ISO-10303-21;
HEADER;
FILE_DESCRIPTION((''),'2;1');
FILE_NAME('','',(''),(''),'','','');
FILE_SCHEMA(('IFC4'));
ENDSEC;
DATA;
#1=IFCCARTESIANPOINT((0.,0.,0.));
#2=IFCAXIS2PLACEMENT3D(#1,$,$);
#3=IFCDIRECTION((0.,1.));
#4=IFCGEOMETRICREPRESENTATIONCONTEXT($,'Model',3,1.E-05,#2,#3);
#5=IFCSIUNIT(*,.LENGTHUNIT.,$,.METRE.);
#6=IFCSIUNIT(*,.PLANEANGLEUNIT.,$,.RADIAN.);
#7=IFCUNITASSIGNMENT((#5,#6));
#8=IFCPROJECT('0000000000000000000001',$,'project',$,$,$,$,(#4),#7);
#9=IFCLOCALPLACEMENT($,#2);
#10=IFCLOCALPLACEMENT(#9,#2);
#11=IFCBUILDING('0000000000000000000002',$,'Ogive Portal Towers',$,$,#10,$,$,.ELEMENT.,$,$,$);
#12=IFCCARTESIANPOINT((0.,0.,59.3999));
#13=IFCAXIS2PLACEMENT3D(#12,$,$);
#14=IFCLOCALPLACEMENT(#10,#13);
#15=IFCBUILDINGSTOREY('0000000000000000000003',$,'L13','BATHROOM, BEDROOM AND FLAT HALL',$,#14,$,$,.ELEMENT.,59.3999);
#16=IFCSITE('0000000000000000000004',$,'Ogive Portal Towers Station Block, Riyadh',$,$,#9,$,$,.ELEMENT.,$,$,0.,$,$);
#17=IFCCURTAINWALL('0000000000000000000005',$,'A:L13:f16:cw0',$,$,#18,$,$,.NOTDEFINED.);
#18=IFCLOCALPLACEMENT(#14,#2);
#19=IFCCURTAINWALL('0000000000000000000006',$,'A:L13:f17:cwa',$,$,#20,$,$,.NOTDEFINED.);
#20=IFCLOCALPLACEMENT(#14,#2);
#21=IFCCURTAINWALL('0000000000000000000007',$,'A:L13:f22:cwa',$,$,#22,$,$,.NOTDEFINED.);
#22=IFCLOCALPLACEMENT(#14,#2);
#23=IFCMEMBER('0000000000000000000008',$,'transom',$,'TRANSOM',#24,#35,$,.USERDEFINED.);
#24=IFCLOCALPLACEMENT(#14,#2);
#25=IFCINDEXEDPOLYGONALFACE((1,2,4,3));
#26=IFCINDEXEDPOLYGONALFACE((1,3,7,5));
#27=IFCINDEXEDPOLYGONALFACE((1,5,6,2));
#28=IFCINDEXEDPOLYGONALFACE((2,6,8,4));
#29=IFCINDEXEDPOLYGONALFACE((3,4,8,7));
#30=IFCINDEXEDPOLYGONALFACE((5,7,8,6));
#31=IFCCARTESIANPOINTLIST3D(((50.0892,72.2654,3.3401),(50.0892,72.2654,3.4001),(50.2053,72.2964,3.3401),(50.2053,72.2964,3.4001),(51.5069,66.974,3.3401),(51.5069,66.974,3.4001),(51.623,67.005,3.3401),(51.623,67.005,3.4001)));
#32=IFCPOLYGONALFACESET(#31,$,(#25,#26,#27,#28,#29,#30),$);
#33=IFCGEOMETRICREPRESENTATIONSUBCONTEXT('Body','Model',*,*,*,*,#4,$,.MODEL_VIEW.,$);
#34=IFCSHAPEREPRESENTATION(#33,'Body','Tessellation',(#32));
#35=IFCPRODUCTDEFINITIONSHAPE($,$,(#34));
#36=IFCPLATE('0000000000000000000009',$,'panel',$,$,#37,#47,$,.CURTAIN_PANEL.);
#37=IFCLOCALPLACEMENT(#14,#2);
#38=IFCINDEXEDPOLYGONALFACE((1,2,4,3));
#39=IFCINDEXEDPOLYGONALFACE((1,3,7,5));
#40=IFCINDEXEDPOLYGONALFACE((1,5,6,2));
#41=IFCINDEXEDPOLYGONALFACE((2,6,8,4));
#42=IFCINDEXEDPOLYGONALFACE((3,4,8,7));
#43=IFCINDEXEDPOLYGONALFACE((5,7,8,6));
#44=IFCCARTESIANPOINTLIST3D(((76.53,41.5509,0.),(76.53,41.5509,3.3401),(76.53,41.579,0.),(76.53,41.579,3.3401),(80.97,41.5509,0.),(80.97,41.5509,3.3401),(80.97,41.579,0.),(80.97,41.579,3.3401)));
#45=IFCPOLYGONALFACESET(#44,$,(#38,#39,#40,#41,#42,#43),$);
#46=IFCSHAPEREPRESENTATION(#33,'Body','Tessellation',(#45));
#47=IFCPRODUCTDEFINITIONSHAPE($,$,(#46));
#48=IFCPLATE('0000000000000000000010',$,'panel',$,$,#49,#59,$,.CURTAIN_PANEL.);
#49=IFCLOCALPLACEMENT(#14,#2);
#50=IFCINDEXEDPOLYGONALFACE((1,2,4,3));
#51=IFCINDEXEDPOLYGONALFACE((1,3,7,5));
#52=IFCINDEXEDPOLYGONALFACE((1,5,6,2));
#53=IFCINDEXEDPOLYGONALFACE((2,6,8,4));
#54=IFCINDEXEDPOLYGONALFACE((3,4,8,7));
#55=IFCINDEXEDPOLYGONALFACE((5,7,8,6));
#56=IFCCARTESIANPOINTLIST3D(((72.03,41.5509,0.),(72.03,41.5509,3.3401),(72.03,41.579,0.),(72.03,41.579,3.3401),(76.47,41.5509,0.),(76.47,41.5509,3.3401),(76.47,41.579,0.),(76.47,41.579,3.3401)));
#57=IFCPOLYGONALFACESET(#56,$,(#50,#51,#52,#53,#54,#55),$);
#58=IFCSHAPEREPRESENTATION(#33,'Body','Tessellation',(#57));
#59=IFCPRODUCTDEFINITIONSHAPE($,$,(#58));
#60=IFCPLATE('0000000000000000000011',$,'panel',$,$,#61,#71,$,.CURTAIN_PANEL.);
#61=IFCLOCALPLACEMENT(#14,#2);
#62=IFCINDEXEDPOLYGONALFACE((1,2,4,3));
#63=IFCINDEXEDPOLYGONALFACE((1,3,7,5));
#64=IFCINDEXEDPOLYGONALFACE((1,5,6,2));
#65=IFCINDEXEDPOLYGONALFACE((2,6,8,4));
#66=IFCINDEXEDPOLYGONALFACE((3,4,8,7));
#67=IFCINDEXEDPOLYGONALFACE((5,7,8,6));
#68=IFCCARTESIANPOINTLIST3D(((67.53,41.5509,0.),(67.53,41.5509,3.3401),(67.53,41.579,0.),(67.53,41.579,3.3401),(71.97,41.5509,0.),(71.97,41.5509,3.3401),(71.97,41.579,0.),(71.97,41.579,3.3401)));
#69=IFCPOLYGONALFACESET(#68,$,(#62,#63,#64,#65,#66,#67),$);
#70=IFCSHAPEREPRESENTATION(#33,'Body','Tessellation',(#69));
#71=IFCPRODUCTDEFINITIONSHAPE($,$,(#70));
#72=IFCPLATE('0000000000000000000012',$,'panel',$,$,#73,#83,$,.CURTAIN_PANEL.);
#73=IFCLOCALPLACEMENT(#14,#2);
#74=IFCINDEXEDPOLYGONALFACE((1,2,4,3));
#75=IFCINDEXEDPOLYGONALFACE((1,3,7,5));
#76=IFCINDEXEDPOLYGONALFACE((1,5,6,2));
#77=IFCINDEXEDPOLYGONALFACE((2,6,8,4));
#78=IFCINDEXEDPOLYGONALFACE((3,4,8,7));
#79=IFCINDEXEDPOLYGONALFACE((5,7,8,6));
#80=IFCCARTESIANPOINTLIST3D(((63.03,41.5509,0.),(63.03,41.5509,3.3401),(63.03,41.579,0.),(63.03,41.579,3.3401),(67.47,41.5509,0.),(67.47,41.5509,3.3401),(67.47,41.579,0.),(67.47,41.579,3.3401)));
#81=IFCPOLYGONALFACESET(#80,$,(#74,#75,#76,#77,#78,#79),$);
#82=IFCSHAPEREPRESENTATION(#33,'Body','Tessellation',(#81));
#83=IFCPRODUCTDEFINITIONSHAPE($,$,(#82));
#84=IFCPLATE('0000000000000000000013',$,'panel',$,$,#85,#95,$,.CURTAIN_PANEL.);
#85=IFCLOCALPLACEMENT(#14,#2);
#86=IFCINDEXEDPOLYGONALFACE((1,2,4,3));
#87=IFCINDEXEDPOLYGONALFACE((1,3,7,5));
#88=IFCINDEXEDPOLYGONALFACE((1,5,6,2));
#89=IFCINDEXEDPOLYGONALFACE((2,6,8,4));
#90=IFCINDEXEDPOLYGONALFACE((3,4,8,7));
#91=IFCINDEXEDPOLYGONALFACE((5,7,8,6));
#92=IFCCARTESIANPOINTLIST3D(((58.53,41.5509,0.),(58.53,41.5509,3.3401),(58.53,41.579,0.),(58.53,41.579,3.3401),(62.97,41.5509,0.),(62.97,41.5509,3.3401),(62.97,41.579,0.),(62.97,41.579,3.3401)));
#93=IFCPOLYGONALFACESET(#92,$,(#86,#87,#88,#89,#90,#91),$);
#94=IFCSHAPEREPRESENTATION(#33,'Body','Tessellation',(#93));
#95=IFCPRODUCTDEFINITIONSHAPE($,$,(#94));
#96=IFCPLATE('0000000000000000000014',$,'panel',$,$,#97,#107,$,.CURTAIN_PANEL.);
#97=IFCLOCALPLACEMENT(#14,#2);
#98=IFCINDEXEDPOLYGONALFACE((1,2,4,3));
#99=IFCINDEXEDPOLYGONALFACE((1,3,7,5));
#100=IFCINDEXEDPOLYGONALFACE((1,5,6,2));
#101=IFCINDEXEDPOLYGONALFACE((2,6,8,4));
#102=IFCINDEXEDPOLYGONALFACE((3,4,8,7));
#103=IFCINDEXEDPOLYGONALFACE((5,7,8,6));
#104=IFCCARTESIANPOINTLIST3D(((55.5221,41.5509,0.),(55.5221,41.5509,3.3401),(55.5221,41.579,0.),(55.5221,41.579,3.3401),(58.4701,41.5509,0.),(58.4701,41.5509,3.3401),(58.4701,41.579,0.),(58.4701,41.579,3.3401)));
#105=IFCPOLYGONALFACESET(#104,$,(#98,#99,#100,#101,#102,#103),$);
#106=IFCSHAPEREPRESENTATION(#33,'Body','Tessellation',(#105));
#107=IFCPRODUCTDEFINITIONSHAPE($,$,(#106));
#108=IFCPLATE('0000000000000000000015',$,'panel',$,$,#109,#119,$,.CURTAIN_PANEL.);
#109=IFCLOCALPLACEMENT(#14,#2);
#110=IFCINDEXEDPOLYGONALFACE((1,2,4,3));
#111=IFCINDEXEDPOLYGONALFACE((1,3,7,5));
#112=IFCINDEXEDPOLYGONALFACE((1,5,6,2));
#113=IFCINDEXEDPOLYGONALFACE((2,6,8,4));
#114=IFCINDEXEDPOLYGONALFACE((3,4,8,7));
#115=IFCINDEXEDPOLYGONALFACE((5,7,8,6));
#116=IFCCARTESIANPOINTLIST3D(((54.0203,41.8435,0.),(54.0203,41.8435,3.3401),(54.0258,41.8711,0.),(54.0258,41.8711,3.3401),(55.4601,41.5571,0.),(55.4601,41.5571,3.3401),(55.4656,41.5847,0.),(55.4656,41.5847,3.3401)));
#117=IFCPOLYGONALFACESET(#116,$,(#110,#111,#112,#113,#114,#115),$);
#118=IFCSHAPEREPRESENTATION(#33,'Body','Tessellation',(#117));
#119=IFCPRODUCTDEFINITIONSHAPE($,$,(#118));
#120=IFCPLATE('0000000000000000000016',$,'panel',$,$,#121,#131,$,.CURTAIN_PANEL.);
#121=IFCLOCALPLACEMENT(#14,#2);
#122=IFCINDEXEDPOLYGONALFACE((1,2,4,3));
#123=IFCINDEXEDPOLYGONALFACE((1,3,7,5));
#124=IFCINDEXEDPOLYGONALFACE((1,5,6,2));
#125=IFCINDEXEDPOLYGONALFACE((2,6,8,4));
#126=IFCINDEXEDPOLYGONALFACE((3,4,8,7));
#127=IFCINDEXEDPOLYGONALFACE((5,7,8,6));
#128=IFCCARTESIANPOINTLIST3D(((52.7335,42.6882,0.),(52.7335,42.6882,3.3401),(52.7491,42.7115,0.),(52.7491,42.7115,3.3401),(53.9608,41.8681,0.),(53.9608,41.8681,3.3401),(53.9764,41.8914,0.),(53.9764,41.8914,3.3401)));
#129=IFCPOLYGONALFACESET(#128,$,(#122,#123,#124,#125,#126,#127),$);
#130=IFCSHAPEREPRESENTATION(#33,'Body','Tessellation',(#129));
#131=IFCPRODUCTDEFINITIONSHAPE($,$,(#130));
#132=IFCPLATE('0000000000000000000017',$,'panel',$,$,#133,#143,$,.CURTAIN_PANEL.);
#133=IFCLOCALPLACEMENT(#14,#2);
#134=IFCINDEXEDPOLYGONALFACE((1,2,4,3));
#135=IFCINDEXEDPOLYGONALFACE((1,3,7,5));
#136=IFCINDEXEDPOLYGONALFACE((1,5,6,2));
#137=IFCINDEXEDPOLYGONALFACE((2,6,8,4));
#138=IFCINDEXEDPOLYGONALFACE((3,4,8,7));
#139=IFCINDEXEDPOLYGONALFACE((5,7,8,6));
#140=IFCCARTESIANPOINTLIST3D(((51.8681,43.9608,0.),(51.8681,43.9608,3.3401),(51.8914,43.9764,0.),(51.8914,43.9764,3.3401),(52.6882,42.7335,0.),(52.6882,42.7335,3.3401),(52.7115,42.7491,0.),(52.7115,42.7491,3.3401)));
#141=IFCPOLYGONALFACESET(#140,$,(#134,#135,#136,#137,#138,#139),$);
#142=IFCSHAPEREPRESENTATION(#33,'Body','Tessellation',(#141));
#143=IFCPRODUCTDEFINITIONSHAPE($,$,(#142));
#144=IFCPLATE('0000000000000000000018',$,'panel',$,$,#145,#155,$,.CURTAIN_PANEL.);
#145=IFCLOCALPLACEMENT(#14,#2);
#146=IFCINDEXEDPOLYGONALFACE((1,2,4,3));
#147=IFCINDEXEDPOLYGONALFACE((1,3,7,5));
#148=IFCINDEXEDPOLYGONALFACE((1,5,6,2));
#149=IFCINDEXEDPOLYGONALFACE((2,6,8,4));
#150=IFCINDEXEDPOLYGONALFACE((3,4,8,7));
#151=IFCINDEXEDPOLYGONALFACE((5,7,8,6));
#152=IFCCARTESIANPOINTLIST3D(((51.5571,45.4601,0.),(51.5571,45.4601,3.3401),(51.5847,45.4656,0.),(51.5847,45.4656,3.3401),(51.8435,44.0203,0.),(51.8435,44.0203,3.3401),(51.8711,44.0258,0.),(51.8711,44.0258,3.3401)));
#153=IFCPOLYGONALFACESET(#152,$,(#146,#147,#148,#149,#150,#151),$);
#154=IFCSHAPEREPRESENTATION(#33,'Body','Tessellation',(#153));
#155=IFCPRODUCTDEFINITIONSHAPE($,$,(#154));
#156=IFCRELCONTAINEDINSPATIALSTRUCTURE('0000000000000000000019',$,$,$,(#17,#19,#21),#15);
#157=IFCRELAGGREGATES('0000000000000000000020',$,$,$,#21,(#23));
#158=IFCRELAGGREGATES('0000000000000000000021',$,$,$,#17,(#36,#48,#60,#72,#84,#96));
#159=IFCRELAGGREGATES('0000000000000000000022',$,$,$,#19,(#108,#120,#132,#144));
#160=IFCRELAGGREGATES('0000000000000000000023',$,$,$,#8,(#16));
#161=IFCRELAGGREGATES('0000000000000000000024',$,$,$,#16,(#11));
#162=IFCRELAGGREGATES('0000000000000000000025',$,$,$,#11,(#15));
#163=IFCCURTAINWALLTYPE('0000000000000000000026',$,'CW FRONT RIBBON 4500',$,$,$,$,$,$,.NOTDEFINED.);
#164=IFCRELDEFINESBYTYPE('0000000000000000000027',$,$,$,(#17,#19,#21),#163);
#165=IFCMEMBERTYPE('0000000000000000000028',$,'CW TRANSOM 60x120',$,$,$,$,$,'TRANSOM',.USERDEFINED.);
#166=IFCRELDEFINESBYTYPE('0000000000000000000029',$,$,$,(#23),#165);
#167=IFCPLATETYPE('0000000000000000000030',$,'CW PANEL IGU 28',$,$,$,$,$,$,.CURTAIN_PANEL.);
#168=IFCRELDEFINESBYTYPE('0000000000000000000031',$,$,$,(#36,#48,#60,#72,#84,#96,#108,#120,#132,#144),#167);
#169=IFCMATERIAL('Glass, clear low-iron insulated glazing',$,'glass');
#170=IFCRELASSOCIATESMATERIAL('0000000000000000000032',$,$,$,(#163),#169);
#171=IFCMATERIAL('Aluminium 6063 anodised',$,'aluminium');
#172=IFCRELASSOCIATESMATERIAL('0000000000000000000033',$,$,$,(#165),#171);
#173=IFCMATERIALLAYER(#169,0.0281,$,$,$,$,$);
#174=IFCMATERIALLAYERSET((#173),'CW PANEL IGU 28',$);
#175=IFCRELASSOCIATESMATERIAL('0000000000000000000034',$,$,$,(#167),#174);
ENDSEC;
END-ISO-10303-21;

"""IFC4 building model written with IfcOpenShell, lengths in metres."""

from ifc_helpers import new_model, si_unit, direction, frame, origin, origin_2d, place, context, subcontext, project, spatial, rectangle, extrude, material, layer, layer_set, material_profile, profile_set, type_object, element, aggregate, save


model = new_model("IFC4")

# Units and contexts
model_context = context("Model", 3, precision=1e-05, world=origin(), true_north=direction((0.0, 1.0)))
body_context = subcontext(model_context, "Body", "Model", "MODEL_VIEW")
ifc_project = project(units=[si_unit("LENGTHUNIT", "METRE"), si_unit("PLANEANGLEUNIT", "RADIAN")], contexts=[model_context])

# Site, building, storey
site_placement = place(None, origin())
site = spatial("IfcSite", under=ifc_project, at=site_placement, Name="Ogive Portal Towers Station Block, Riyadh", CompositionType="ELEMENT", RefElevation=0.0)
building_placement = place(site_placement, origin())
building = spatial("IfcBuilding", under=site, at=building_placement, Name="Ogive Portal Towers", CompositionType="ELEMENT")
storey_placement = place(building_placement, frame((0.0, 0.0, 59.3999)))
storey = spatial("IfcBuildingStorey", under=building, at=storey_placement, Name="L13", Description="BATHROOM, BEDROOM AND FLAT HALL", CompositionType="ELEMENT", Elevation=59.3999)

# Curtain wall
ifc_material_1 = material(Name="Glass, clear low-iron insulated glazing", Category="glass")
curtain_wall_type = type_object("IfcCurtainWallType", Name="CW FRONT RIBBON 4500", PredefinedType="NOTDEFINED", material=ifc_material_1)
curtain_wall_1_placement = place(storey_placement, origin())
curtain_wall_1 = element("IfcCurtainWall", 1, at=curtain_wall_1_placement, inside=storey, type_object=curtain_wall_type, Name="A:L13:f16:cw0", PredefinedType="NOTDEFINED")
ifc_material_2 = material(Name="Aluminium 6063 anodised", Category="aluminium")

# Curtain wall
curtain_wall_2_placement = place(storey_placement, origin())
curtain_wall_2 = element("IfcCurtainWall", 2, at=curtain_wall_2_placement, inside=storey, type_object=curtain_wall_type, Name="A:L13:f17:cwa", PredefinedType="NOTDEFINED")
ifc_material_profile_1 = material_profile(ifc_material_2, rectangle(XDim=0.1201, YDim=0.0601, at=origin_2d()), Name="AL 120x60")
ifc_profile_set_1 = profile_set([ifc_material_profile_1], Name="Aluminium 6063 anodised")
member_type_1 = type_object("IfcMemberType", Name="CW TRANSOM 60x120", ElementType="TRANSOM", PredefinedType="USERDEFINED", material=ifc_profile_set_1)

# Curtain wall, member
curtain_wall_3_placement = place(storey_placement, origin())
curtain_wall_3 = element("IfcCurtainWall", 3, at=curtain_wall_3_placement, inside=storey, type_object=curtain_wall_type, Name="A:L13:f22:cwa", PredefinedType="NOTDEFINED")
member_1_placement = place(storey_placement, frame((51.5649, 66.9895, 3.3701), z_axis=(-0.258797, 0.965932, 0.0), x_axis=(-0.965932, -0.258797, 0.0)))
member_1 = element("IfcMember", 4, at=member_1_placement, type_object=member_type_1, Name="transom", ObjectType="TRANSOM", PredefinedType="USERDEFINED", context=body_context, shape_type="SweptSolid", body=[
    extrude(rectangle(XDim=0.1201, YDim=0.0601, at=origin_2d()), origin(), (0.0, 0.0, 1.0), 5.478),
])
aggregate(curtain_wall_3, [member_1])

# Plates
ifc_layer = layer(ifc_material_1, 0.0281)
ifc_layer_set = layer_set([ifc_layer], Name="CW PANEL IGU 28")
plate_type = type_object("IfcPlateType", Name="CW PANEL IGU 28", PredefinedType="CURTAIN_PANEL", material=ifc_layer_set)
plate_1_placement = place(storey_placement, frame((78.75, 41.5649, 0.0), z_axis=(0.0, 0.0, 1.0), x_axis=(-1.0, 0.0, 0.0)))
plate_1 = element("IfcPlate", 5, at=plate_1_placement, type_object=plate_type, Name="panel", PredefinedType="CURTAIN_PANEL", context=body_context, shape_type="SweptSolid", body=[
    extrude(rectangle(XDim=4.4399, YDim=0.0281, at=origin_2d()), origin(), (0.0, 0.0, 1.0), 3.3401),
])
plate_2_placement = place(storey_placement, frame((74.25, 41.5649, 0.0), z_axis=(0.0, 0.0, 1.0), x_axis=(-1.0, 0.0, 0.0)))
plate_2 = element("IfcPlate", 6, at=plate_2_placement, type_object=plate_type, Name="panel", PredefinedType="CURTAIN_PANEL", context=body_context, shape_type="SweptSolid", body=[
    extrude(rectangle(XDim=4.4399, YDim=0.0281, at=origin_2d()), origin(), (0.0, 0.0, 1.0), 3.3401),
])
plate_3_placement = place(storey_placement, frame((69.75, 41.5649, 0.0), z_axis=(0.0, 0.0, 1.0), x_axis=(-1.0, 0.0, 0.0)))
plate_3 = element("IfcPlate", 7, at=plate_3_placement, type_object=plate_type, Name="panel", PredefinedType="CURTAIN_PANEL", context=body_context, shape_type="SweptSolid", body=[
    extrude(rectangle(XDim=4.4399, YDim=0.0281, at=origin_2d()), origin(), (0.0, 0.0, 1.0), 3.3401),
])
plate_4_placement = place(storey_placement, frame((65.25, 41.5649, 0.0), z_axis=(0.0, 0.0, 1.0), x_axis=(-1.0, 0.0, 0.0)))
plate_4 = element("IfcPlate", 8, at=plate_4_placement, type_object=plate_type, Name="panel", PredefinedType="CURTAIN_PANEL", context=body_context, shape_type="SweptSolid", body=[
    extrude(rectangle(XDim=4.4399, YDim=0.0281, at=origin_2d()), origin(), (0.0, 0.0, 1.0), 3.3401),
])
plate_5_placement = place(storey_placement, frame((60.75, 41.5649, 0.0), z_axis=(0.0, 0.0, 1.0), x_axis=(-1.0, 0.0, 0.0)))
plate_5 = element("IfcPlate", 9, at=plate_5_placement, type_object=plate_type, Name="panel", PredefinedType="CURTAIN_PANEL", context=body_context, shape_type="SweptSolid", body=[
    extrude(rectangle(XDim=4.4399, YDim=0.0281, at=origin_2d()), origin(), (0.0, 0.0, 1.0), 3.3401),
])
plate_6_placement = place(storey_placement, frame((56.9961, 41.5649, 0.0), z_axis=(0.0, 0.0, 1.0), x_axis=(-1.0, 0.0, 0.0)))
plate_6 = element("IfcPlate", 10, at=plate_6_placement, type_object=plate_type, Name="panel", PredefinedType="CURTAIN_PANEL", context=body_context, shape_type="SweptSolid", body=[
    extrude(rectangle(XDim=2.948, YDim=0.0281, at=origin_2d()), origin(), (0.0, 0.0, 1.0), 3.3401),
])
aggregate(curtain_wall_1, [plate_1, plate_2, plate_3, plate_4, plate_5, plate_6])
plate_7_placement = place(storey_placement, frame((54.7429, 41.7141, 0.0), z_axis=(0.0, 0.0, 1.0), x_axis=(-0.980785, 0.19509, 0.0)))
plate_7 = element("IfcPlate", 11, at=plate_7_placement, type_object=plate_type, Name="panel", PredefinedType="CURTAIN_PANEL", context=body_context, shape_type="SweptSolid", body=[
    extrude(rectangle(XDim=1.468, YDim=0.0281, at=origin_2d()), origin(), (0.0, 0.0, 1.0), 3.3401),
])
plate_8_placement = place(storey_placement, frame((53.355, 42.2898, 0.0), z_axis=(0.0, 0.0, 1.0), x_axis=(-0.83147, 0.55557, 0.0)))
plate_8 = element("IfcPlate", 12, at=plate_8_placement, type_object=plate_type, Name="panel", PredefinedType="CURTAIN_PANEL", context=body_context, shape_type="SweptSolid", body=[
    extrude(rectangle(XDim=1.4761, YDim=0.0281, at=origin_2d()), origin(), (0.0, 0.0, 1.0), 3.3401),
])
plate_9_placement = place(storey_placement, frame((52.2898, 43.355, 0.0), z_axis=(0.0, 0.0, 1.0), x_axis=(-0.55557, 0.83147, 0.0)))
plate_9 = element("IfcPlate", 13, at=plate_9_placement, type_object=plate_type, Name="panel", PredefinedType="CURTAIN_PANEL", context=body_context, shape_type="SweptSolid", body=[
    extrude(rectangle(XDim=1.4761, YDim=0.0281, at=origin_2d()), origin(), (0.0, 0.0, 1.0), 3.3401),
])
plate_10_placement = place(storey_placement, frame((51.7141, 44.7429, 0.0), z_axis=(0.0, 0.0, 1.0), x_axis=(-0.19509, 0.980785, 0.0)))
plate_10 = element("IfcPlate", 14, at=plate_10_placement, type_object=plate_type, Name="panel", PredefinedType="CURTAIN_PANEL", context=body_context, shape_type="SweptSolid", body=[
    extrude(rectangle(XDim=1.468, YDim=0.0281, at=origin_2d()), origin(), (0.0, 0.0, 1.0), 3.3401),
])
aggregate(curtain_wall_2, [plate_7, plate_8, plate_9, plate_10])

save(model, "model.ifc")
